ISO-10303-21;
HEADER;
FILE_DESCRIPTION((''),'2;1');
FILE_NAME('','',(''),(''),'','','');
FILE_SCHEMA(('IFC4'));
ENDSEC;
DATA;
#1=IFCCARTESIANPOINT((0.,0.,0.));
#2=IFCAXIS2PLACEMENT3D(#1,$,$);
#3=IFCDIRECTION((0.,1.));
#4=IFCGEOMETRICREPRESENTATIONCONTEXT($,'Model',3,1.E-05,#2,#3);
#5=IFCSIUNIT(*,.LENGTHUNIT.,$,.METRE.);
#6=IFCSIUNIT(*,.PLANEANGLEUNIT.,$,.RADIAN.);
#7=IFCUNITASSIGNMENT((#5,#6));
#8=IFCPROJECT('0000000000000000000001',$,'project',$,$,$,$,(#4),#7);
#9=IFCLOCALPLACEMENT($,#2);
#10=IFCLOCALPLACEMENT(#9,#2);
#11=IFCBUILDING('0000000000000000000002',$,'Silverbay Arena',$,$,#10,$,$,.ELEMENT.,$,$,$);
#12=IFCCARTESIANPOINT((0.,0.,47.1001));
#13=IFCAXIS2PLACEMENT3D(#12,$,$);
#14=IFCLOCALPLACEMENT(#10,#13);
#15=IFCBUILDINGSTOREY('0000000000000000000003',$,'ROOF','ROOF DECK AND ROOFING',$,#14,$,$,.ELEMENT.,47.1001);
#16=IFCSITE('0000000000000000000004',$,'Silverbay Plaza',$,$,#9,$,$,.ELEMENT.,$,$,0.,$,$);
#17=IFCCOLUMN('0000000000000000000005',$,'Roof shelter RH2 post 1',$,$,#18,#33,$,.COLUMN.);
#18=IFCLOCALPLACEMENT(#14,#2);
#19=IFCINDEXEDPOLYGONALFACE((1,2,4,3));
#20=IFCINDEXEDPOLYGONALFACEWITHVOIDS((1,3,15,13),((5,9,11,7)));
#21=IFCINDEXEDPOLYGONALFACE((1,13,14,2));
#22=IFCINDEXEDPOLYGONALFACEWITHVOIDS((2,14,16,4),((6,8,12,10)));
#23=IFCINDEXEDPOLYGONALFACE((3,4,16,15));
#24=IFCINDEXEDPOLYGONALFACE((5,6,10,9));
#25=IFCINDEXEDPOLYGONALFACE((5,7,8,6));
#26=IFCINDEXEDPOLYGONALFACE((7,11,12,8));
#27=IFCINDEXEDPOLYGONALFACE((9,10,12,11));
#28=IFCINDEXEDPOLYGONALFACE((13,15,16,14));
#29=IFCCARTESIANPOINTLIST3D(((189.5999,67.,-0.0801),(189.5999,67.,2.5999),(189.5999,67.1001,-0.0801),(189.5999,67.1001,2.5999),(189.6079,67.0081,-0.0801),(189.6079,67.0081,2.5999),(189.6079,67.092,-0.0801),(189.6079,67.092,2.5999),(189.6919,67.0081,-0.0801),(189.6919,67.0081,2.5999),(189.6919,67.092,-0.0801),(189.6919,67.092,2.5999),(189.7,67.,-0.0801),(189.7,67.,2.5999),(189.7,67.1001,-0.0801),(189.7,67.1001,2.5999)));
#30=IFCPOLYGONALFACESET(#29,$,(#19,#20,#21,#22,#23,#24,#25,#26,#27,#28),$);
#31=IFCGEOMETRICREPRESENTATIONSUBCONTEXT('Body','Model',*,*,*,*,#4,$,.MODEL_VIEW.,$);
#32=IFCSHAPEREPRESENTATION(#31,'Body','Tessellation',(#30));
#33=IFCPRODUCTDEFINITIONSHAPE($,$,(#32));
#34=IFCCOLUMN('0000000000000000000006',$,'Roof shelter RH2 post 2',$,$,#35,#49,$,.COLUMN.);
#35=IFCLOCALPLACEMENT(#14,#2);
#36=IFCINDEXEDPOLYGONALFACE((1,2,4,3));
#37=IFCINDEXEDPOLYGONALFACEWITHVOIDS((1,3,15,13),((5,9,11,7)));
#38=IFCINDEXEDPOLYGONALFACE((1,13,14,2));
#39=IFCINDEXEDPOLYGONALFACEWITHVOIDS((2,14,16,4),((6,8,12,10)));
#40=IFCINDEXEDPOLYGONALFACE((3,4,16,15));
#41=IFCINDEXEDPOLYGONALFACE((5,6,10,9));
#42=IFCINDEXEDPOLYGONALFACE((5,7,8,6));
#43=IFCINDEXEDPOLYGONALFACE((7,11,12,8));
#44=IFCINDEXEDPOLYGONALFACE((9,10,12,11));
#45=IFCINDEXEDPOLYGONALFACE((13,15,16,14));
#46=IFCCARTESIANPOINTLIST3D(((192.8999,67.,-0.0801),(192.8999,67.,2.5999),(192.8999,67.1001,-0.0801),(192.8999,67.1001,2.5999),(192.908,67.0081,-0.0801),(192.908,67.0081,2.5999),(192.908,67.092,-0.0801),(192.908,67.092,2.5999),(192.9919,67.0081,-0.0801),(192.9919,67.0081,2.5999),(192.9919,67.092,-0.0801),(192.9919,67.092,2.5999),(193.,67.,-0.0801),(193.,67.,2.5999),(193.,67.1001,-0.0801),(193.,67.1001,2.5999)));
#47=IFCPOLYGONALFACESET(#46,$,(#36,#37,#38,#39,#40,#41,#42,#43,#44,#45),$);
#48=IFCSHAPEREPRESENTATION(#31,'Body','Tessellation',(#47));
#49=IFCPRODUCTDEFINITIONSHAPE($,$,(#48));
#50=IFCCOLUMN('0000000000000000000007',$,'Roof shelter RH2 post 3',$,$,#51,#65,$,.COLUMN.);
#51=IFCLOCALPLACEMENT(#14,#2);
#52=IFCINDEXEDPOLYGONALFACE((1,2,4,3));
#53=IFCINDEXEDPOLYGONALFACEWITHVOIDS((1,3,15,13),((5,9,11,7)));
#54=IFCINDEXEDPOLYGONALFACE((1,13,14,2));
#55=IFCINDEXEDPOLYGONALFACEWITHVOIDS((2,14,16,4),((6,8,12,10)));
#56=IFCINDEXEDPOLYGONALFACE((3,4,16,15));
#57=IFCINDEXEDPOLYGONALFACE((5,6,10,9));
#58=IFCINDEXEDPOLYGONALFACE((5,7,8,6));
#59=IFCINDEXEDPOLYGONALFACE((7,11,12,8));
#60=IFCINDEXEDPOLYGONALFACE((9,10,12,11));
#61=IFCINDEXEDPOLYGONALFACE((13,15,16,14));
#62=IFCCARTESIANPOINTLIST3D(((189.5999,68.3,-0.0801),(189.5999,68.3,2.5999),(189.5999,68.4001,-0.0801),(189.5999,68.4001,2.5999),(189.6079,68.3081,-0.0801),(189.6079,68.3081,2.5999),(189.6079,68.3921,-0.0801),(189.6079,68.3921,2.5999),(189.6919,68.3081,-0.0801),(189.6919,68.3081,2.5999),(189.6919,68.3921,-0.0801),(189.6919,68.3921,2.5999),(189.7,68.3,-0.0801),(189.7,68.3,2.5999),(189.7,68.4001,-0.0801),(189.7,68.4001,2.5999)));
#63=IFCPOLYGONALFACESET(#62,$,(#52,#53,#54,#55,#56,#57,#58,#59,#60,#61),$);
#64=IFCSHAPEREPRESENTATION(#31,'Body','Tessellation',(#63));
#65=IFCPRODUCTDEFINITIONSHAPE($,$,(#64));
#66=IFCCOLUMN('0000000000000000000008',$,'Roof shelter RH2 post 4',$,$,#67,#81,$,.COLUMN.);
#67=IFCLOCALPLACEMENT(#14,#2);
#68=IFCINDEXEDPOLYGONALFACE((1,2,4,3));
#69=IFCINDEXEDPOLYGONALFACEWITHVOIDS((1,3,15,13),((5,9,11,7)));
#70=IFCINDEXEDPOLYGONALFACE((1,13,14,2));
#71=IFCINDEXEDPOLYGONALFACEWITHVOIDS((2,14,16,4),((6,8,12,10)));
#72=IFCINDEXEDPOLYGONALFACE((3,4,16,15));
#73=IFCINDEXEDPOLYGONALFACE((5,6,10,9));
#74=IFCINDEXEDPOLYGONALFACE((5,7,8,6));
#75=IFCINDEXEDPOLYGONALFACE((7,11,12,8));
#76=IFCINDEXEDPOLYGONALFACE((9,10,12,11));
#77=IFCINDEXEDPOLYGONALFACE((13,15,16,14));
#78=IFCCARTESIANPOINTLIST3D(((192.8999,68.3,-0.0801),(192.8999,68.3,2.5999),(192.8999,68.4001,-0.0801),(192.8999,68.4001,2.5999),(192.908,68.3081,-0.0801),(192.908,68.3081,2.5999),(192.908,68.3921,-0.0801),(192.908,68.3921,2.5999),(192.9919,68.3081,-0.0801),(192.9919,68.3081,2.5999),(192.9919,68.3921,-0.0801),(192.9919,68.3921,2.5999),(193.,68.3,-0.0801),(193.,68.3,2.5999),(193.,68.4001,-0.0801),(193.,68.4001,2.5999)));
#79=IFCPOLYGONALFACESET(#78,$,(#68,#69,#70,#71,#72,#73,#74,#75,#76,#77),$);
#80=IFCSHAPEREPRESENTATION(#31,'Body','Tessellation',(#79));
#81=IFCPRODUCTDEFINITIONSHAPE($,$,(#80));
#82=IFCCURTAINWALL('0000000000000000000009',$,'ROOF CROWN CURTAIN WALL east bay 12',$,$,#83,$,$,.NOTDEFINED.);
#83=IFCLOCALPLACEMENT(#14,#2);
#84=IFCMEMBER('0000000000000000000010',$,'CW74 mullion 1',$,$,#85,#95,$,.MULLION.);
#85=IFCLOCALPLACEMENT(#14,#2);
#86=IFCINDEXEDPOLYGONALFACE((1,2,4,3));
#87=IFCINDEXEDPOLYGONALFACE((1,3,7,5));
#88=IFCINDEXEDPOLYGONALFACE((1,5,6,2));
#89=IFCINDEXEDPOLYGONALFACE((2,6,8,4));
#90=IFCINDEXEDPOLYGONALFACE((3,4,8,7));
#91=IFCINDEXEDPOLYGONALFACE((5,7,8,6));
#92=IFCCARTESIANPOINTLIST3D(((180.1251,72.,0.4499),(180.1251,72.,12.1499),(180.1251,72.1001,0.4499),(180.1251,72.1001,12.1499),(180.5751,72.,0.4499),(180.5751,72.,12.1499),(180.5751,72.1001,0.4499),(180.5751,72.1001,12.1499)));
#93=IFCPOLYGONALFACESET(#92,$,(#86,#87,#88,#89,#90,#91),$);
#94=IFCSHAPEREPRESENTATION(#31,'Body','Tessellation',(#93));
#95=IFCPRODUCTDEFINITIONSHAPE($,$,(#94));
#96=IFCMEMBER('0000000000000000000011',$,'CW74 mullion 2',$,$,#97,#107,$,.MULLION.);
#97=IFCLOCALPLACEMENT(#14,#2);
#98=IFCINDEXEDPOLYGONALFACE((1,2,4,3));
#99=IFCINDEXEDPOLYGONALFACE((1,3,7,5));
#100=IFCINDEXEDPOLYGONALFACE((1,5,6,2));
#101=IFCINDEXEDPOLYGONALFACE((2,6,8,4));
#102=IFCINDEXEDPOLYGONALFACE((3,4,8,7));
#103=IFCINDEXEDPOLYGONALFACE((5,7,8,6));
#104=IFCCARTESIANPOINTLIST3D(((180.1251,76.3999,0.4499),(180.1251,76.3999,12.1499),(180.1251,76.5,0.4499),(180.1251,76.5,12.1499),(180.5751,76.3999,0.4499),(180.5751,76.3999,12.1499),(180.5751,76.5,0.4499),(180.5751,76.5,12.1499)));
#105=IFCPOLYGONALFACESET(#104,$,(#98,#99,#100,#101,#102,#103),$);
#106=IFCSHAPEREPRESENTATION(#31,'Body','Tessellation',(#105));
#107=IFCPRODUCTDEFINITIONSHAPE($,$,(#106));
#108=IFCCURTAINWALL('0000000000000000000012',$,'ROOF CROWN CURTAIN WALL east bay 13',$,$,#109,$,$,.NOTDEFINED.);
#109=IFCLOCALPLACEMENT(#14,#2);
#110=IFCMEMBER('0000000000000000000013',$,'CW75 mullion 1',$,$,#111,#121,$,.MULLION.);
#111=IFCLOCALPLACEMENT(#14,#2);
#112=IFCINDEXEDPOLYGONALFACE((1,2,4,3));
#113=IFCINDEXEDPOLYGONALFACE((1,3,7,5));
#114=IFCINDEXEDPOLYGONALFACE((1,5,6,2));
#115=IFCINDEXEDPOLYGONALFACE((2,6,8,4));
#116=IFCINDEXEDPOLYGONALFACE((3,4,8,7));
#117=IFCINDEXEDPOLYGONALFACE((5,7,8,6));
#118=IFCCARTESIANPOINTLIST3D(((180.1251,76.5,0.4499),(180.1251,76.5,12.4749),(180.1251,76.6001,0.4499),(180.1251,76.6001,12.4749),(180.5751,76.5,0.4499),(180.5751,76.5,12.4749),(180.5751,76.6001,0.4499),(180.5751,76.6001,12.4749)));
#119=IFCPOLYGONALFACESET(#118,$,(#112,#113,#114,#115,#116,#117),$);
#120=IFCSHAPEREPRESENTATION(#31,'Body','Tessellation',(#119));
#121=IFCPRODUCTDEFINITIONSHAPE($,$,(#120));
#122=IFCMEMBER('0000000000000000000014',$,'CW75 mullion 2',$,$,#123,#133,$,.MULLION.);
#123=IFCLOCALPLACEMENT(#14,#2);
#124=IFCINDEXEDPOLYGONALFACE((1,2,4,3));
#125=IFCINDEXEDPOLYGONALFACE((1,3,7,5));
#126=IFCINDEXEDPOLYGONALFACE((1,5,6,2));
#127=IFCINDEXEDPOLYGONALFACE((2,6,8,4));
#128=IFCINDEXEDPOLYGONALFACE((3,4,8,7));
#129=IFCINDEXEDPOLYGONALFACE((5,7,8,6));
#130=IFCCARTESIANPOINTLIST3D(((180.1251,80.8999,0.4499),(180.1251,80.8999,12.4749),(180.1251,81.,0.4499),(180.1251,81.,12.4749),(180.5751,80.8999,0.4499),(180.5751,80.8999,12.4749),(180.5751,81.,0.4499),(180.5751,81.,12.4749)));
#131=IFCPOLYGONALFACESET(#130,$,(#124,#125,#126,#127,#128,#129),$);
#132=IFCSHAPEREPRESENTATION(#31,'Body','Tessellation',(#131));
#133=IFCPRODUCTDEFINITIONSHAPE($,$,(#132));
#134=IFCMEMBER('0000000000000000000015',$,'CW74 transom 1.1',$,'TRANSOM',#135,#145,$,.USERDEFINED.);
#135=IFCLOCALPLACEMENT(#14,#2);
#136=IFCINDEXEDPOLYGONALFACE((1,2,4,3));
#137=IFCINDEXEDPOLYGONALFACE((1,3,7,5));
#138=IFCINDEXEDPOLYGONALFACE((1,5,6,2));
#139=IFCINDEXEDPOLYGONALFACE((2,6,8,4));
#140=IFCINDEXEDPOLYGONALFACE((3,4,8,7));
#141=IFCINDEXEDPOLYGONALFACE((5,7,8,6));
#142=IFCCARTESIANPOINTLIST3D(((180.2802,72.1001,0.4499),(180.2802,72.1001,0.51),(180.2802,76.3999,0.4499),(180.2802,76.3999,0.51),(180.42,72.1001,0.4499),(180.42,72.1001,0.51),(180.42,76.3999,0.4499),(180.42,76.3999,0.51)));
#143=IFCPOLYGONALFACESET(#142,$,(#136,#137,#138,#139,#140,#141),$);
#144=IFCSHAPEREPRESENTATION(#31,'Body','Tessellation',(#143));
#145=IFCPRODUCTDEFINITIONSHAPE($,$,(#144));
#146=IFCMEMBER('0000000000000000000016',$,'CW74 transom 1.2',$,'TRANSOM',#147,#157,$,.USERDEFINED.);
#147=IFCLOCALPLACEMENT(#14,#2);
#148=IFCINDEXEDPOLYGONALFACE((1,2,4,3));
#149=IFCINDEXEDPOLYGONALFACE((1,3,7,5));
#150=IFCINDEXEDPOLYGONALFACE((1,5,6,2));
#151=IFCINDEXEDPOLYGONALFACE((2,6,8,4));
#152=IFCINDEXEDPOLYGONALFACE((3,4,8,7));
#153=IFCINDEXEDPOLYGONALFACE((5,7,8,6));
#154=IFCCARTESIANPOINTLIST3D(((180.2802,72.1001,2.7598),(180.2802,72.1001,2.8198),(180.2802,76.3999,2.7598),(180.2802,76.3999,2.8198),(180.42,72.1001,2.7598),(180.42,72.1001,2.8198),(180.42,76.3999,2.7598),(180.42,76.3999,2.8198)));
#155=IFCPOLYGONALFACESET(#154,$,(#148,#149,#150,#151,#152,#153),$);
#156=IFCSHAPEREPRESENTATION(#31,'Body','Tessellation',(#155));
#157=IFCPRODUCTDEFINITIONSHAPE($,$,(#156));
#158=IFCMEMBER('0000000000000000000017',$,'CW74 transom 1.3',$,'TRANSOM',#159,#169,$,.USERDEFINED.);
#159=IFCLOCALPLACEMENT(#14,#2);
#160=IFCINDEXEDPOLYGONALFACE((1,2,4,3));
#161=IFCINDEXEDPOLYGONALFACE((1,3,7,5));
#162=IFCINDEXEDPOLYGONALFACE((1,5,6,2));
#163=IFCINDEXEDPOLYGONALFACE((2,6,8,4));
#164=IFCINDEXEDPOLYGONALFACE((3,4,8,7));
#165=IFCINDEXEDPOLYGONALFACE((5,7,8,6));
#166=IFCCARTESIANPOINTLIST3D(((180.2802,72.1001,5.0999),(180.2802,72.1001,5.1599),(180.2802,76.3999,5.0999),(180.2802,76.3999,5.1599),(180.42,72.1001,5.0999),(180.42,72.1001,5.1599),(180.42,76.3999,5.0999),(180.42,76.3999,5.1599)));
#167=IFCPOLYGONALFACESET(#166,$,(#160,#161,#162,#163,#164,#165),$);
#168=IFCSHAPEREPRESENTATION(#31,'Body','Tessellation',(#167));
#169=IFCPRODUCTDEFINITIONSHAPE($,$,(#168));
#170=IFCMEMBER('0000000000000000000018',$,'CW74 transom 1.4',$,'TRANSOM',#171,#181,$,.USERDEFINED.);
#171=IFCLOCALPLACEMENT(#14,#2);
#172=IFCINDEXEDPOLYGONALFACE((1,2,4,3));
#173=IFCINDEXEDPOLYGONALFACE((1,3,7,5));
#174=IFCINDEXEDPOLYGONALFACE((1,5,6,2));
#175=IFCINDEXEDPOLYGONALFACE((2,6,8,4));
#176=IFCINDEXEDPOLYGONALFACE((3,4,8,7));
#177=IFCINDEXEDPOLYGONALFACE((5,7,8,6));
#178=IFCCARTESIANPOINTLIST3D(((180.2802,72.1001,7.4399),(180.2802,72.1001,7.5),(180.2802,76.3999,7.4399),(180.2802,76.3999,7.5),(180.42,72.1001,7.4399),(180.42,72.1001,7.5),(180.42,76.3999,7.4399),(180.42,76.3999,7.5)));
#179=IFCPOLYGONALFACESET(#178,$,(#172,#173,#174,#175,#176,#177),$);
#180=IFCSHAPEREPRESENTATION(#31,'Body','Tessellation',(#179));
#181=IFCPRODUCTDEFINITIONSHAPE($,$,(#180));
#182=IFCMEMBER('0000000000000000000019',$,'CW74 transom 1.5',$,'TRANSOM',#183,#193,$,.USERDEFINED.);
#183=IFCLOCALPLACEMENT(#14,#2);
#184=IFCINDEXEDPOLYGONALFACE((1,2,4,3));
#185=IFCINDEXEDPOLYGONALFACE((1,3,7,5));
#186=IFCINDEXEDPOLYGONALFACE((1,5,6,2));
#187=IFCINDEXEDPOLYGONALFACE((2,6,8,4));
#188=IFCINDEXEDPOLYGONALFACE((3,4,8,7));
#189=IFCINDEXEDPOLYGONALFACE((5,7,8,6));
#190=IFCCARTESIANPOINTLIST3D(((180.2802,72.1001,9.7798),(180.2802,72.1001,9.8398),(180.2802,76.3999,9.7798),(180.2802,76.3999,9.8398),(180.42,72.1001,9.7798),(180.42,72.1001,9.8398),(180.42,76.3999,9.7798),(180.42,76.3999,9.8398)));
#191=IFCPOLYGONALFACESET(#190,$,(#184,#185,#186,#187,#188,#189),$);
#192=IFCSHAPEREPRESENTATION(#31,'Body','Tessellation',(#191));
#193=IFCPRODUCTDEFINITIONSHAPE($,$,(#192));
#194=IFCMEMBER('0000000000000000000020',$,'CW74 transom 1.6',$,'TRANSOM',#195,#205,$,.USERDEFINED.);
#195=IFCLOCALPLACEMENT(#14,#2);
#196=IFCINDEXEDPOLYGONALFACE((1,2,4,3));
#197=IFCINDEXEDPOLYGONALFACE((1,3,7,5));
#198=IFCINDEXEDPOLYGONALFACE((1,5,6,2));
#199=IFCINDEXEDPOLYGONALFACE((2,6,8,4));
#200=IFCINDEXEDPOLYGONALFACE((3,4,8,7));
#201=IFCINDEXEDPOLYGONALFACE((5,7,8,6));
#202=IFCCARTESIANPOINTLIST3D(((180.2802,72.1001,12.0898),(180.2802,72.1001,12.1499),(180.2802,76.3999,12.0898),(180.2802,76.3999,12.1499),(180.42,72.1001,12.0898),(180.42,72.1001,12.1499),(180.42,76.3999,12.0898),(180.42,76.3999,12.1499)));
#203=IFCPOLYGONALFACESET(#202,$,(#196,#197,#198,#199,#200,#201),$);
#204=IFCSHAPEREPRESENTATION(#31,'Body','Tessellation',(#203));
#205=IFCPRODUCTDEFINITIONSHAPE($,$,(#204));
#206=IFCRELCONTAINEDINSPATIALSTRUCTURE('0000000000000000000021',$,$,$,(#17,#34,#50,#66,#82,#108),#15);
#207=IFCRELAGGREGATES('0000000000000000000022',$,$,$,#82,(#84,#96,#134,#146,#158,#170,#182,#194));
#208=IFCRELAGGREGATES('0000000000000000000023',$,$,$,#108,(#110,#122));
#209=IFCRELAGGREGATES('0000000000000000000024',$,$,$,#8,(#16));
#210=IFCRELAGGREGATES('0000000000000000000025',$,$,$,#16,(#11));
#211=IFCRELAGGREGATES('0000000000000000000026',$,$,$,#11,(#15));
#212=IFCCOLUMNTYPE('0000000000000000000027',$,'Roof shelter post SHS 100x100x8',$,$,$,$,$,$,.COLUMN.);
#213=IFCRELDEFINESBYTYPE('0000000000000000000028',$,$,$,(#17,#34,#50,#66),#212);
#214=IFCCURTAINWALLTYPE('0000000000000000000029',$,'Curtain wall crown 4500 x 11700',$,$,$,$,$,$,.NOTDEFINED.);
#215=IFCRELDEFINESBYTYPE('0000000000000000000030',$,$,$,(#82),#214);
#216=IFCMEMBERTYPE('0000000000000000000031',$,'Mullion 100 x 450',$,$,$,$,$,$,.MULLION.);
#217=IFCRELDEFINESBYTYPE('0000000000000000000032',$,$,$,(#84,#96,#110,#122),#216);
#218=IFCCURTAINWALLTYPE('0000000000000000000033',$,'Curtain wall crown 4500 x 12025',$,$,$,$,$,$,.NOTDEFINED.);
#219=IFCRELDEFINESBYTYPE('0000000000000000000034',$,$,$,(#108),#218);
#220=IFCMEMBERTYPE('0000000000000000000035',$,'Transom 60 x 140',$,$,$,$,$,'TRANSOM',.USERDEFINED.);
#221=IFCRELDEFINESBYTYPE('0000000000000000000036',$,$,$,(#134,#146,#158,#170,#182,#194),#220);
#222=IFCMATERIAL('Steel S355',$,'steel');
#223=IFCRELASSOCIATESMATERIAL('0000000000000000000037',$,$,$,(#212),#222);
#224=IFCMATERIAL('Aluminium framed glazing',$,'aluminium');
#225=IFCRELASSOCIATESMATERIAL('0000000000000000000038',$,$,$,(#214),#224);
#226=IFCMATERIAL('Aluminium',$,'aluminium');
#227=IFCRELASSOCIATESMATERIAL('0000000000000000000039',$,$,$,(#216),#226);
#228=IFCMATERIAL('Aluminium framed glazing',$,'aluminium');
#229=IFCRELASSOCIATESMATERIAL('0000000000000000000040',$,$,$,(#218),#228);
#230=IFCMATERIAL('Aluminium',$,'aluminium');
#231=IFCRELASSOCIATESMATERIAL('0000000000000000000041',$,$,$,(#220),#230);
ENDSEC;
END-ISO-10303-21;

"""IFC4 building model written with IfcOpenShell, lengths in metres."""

from ifc_helpers import new_model, si_unit, direction, frame, origin, origin_2d, place, context, subcontext, project, spatial, rectangle, hollow_rectangle, extrude, material, material_profile, profile_set, type_object, element, aggregate, save


model = new_model("IFC4")

# Units and contexts
model_context = context("Model", 3, precision=1e-05, world=origin(), true_north=direction((0.0, 1.0)))
body_context = subcontext(model_context, "Body", "Model", "MODEL_VIEW")
ifc_project = project(units=[si_unit("LENGTHUNIT", "METRE"), si_unit("PLANEANGLEUNIT", "RADIAN")], contexts=[model_context])

# Site, building, storey
site_placement = place(None, origin())
site = spatial("IfcSite", under=ifc_project, at=site_placement, Name="Silverbay Plaza", CompositionType="ELEMENT", RefElevation=0.0)
building_placement = place(site_placement, origin())
building = spatial("IfcBuilding", under=site, at=building_placement, Name="Silverbay Arena", CompositionType="ELEMENT")
storey_placement = place(building_placement, frame((0.0, 0.0, 47.1001)))
storey = spatial("IfcBuildingStorey", under=building, at=storey_placement, Name="ROOF", Description="ROOF DECK AND ROOFING", CompositionType="ELEMENT", Elevation=47.1001)

# Columns
ifc_material_1 = material(Name="Steel S355", Category="steel")
ifc_material_profile_1 = material_profile(ifc_material_1, hollow_rectangle(XDim=0.1001, YDim=0.1001, WallThickness=0.0081, at=origin_2d()), Name="SHS 100x100x8")
ifc_profile_set_1 = profile_set([ifc_material_profile_1], Name="Steel S355")
column_type = type_object("IfcColumnType", Name="Roof shelter post SHS 100x100x8", PredefinedType="COLUMN", material=ifc_profile_set_1)
for number, where, z_axis, x_axis, name in (
    (1, (189.6499, 67.05, -0.0801), (0.0, 0.0, 1.0), (1.0, 0.0, 0.0), "Roof shelter RH2 post 1"),
    (2, (192.95, 67.05, -0.0801), (0.0, 0.0, 1.0), (1.0, 0.0, 0.0), "Roof shelter RH2 post 2"),
    (3, (189.6499, 68.3501, -0.0801), (0.0, 0.0, 1.0), (1.0, 0.0, 0.0), "Roof shelter RH2 post 3"),
    (4, (192.95, 68.3501, -0.0801), (0.0, 0.0, 1.0), (1.0, 0.0, 0.0), "Roof shelter RH2 post 4"),
):
    element("IfcColumn", number, at=place(storey_placement, frame(where, z_axis=z_axis, x_axis=x_axis)), inside=storey, type_object=column_type, Name=name, PredefinedType="COLUMN", context=body_context, shape_type="SweptSolid", body=[
        extrude(hollow_rectangle(XDim=0.1001, YDim=0.1001, WallThickness=0.0081, at=origin_2d()), origin(), (0.0, 0.0, 1.0), 2.6799),
    ])

# Curtain walls, members
ifc_material_2 = material(Name="Aluminium framed glazing", Category="aluminium")
curtain_wall_type_1 = type_object("IfcCurtainWallType", Name="Curtain wall crown 4500 x 11700", PredefinedType="NOTDEFINED", material=ifc_material_2)
curtain_wall_1_placement = place(storey_placement, origin())
curtain_wall_1 = element("IfcCurtainWall", 5, at=curtain_wall_1_placement, inside=storey, type_object=curtain_wall_type_1, Name="ROOF CROWN CURTAIN WALL east bay 12", PredefinedType="NOTDEFINED")
ifc_material_3 = material(Name="Aluminium", Category="aluminium")
ifc_material_profile_2 = material_profile(ifc_material_3, rectangle(XDim=0.45, YDim=0.1001, at=origin_2d()), Name="Mullion 100 x 450")
ifc_profile_set_2 = profile_set([ifc_material_profile_2], Name="Aluminium")
member_type_1 = type_object("IfcMemberType", Name="Mullion 100 x 450", PredefinedType="MULLION", material=ifc_profile_set_2)
placement = place(building_placement, frame((0.0, 0.0, 33.5)))
member_1_placement = place(placement, frame((180.3501, 72.05, 14.05), z_axis=(0.0, 0.0, 1.0), x_axis=(-1.0, 0.0, 0.0)))
member_1 = element("IfcMember", 6, at=member_1_placement, type_object=member_type_1, Name="CW74 mullion 1", PredefinedType="MULLION", context=body_context, shape_type="SweptSolid", body=[
    extrude(rectangle(XDim=0.45, YDim=0.1001, at=origin_2d()), origin(), (0.0, 0.0, 1.0), 11.7),
])
member_2_placement = place(placement, frame((180.3501, 76.45, 14.05), z_axis=(0.0, 0.0, 1.0), x_axis=(-1.0, 0.0, 0.0)))
member_2 = element("IfcMember", 7, at=member_2_placement, type_object=member_type_1, Name="CW74 mullion 2", PredefinedType="MULLION", context=body_context, shape_type="SweptSolid", body=[
    extrude(rectangle(XDim=0.45, YDim=0.1001, at=origin_2d()), origin(), (0.0, 0.0, 1.0), 11.7),
])
ifc_material_4 = material(Name="Aluminium framed glazing", Category="aluminium")
curtain_wall_type_2 = type_object("IfcCurtainWallType", Name="Curtain wall crown 4500 x 12025", PredefinedType="NOTDEFINED", material=ifc_material_4)
curtain_wall_2_placement = place(storey_placement, origin())
curtain_wall_2 = element("IfcCurtainWall", 8, at=curtain_wall_2_placement, inside=storey, type_object=curtain_wall_type_2, Name="ROOF CROWN CURTAIN WALL east bay 13", PredefinedType="NOTDEFINED")
member_3_placement = place(placement, frame((180.3501, 76.55, 14.05), z_axis=(0.0, 0.0, 1.0), x_axis=(-1.0, 0.0, 0.0)))
member_3 = element("IfcMember", 9, at=member_3_placement, type_object=member_type_1, Name="CW75 mullion 1", PredefinedType="MULLION", context=body_context, shape_type="SweptSolid", body=[
    extrude(rectangle(XDim=0.45, YDim=0.1001, at=origin_2d()), origin(), (0.0, 0.0, 1.0), 12.0249),
])
member_4_placement = place(placement, frame((180.3501, 80.95, 14.05), z_axis=(0.0, 0.0, 1.0), x_axis=(-1.0, 0.0, 0.0)))
member_4 = element("IfcMember", 10, at=member_4_placement, type_object=member_type_1, Name="CW75 mullion 2", PredefinedType="MULLION", context=body_context, shape_type="SweptSolid", body=[
    extrude(rectangle(XDim=0.45, YDim=0.1001, at=origin_2d()), origin(), (0.0, 0.0, 1.0), 12.0249),
])

# Members
ifc_material_5 = material(Name="Aluminium", Category="aluminium")
ifc_material_profile_3 = material_profile(ifc_material_5, rectangle(XDim=0.1399, YDim=0.0601, at=origin_2d()), Name="Transom 60 x 140")
ifc_profile_set_3 = profile_set([ifc_material_profile_3], Name="Aluminium")
member_type_2 = type_object("IfcMemberType", Name="Transom 60 x 140", ElementType="TRANSOM", PredefinedType="USERDEFINED", material=ifc_profile_set_3)
member_5_placement = place(placement, frame((180.3501, 72.1001, 14.0801), z_axis=(0.0, 1.0, 0.0), x_axis=(-1.0, 0.0, 0.0)))
member_5 = element("IfcMember", 11, at=member_5_placement, type_object=member_type_2, Name="CW74 transom 1.1", ObjectType="TRANSOM", PredefinedType="USERDEFINED", context=body_context, shape_type="SweptSolid", body=[
    extrude(rectangle(XDim=0.1399, YDim=0.0601, at=origin_2d()), origin(), (0.0, 0.0, 1.0), 4.2998),
])
member_6_placement = place(placement, frame((180.3501, 72.1001, 16.3899), z_axis=(0.0, 1.0, 0.0), x_axis=(-1.0, 0.0, 0.0)))
member_6 = element("IfcMember", 12, at=member_6_placement, type_object=member_type_2, Name="CW74 transom 1.2", ObjectType="TRANSOM", PredefinedType="USERDEFINED", context=body_context, shape_type="SweptSolid", body=[
    extrude(rectangle(XDim=0.1399, YDim=0.0601, at=origin_2d()), origin(), (0.0, 0.0, 1.0), 4.2998),
])
member_7_placement = place(placement, frame((180.3501, 72.1001, 18.73), z_axis=(0.0, 1.0, 0.0), x_axis=(-1.0, 0.0, 0.0)))
member_7 = element("IfcMember", 13, at=member_7_placement, type_object=member_type_2, Name="CW74 transom 1.3", ObjectType="TRANSOM", PredefinedType="USERDEFINED", context=body_context, shape_type="SweptSolid", body=[
    extrude(rectangle(XDim=0.1399, YDim=0.0601, at=origin_2d()), origin(), (0.0, 0.0, 1.0), 4.2998),
])
member_8_placement = place(placement, frame((180.3501, 72.1001, 21.0701), z_axis=(0.0, 1.0, 0.0), x_axis=(-1.0, 0.0, 0.0)))
member_8 = element("IfcMember", 14, at=member_8_placement, type_object=member_type_2, Name="CW74 transom 1.4", ObjectType="TRANSOM", PredefinedType="USERDEFINED", context=body_context, shape_type="SweptSolid", body=[
    extrude(rectangle(XDim=0.1399, YDim=0.0601, at=origin_2d()), origin(), (0.0, 0.0, 1.0), 4.2998),
])
member_9_placement = place(placement, frame((180.3501, 72.1001, 23.4099), z_axis=(0.0, 1.0, 0.0), x_axis=(-1.0, 0.0, 0.0)))
member_9 = element("IfcMember", 15, at=member_9_placement, type_object=member_type_2, Name="CW74 transom 1.5", ObjectType="TRANSOM", PredefinedType="USERDEFINED", context=body_context, shape_type="SweptSolid", body=[
    extrude(rectangle(XDim=0.1399, YDim=0.0601, at=origin_2d()), origin(), (0.0, 0.0, 1.0), 4.2998),
])
member_10_placement = place(placement, frame((180.3501, 72.1001, 25.72), z_axis=(0.0, 1.0, 0.0), x_axis=(-1.0, 0.0, 0.0)))
member_10 = element("IfcMember", 16, at=member_10_placement, type_object=member_type_2, Name="CW74 transom 1.6", ObjectType="TRANSOM", PredefinedType="USERDEFINED", context=body_context, shape_type="SweptSolid", body=[
    extrude(rectangle(XDim=0.1399, YDim=0.0601, at=origin_2d()), origin(), (0.0, 0.0, 1.0), 4.2998),
])

aggregate(curtain_wall_1, [member_1, member_2, member_5, member_6, member_7, member_8, member_9, member_10])
aggregate(curtain_wall_2, [member_3, member_4])

save(model, "model.ifc")
